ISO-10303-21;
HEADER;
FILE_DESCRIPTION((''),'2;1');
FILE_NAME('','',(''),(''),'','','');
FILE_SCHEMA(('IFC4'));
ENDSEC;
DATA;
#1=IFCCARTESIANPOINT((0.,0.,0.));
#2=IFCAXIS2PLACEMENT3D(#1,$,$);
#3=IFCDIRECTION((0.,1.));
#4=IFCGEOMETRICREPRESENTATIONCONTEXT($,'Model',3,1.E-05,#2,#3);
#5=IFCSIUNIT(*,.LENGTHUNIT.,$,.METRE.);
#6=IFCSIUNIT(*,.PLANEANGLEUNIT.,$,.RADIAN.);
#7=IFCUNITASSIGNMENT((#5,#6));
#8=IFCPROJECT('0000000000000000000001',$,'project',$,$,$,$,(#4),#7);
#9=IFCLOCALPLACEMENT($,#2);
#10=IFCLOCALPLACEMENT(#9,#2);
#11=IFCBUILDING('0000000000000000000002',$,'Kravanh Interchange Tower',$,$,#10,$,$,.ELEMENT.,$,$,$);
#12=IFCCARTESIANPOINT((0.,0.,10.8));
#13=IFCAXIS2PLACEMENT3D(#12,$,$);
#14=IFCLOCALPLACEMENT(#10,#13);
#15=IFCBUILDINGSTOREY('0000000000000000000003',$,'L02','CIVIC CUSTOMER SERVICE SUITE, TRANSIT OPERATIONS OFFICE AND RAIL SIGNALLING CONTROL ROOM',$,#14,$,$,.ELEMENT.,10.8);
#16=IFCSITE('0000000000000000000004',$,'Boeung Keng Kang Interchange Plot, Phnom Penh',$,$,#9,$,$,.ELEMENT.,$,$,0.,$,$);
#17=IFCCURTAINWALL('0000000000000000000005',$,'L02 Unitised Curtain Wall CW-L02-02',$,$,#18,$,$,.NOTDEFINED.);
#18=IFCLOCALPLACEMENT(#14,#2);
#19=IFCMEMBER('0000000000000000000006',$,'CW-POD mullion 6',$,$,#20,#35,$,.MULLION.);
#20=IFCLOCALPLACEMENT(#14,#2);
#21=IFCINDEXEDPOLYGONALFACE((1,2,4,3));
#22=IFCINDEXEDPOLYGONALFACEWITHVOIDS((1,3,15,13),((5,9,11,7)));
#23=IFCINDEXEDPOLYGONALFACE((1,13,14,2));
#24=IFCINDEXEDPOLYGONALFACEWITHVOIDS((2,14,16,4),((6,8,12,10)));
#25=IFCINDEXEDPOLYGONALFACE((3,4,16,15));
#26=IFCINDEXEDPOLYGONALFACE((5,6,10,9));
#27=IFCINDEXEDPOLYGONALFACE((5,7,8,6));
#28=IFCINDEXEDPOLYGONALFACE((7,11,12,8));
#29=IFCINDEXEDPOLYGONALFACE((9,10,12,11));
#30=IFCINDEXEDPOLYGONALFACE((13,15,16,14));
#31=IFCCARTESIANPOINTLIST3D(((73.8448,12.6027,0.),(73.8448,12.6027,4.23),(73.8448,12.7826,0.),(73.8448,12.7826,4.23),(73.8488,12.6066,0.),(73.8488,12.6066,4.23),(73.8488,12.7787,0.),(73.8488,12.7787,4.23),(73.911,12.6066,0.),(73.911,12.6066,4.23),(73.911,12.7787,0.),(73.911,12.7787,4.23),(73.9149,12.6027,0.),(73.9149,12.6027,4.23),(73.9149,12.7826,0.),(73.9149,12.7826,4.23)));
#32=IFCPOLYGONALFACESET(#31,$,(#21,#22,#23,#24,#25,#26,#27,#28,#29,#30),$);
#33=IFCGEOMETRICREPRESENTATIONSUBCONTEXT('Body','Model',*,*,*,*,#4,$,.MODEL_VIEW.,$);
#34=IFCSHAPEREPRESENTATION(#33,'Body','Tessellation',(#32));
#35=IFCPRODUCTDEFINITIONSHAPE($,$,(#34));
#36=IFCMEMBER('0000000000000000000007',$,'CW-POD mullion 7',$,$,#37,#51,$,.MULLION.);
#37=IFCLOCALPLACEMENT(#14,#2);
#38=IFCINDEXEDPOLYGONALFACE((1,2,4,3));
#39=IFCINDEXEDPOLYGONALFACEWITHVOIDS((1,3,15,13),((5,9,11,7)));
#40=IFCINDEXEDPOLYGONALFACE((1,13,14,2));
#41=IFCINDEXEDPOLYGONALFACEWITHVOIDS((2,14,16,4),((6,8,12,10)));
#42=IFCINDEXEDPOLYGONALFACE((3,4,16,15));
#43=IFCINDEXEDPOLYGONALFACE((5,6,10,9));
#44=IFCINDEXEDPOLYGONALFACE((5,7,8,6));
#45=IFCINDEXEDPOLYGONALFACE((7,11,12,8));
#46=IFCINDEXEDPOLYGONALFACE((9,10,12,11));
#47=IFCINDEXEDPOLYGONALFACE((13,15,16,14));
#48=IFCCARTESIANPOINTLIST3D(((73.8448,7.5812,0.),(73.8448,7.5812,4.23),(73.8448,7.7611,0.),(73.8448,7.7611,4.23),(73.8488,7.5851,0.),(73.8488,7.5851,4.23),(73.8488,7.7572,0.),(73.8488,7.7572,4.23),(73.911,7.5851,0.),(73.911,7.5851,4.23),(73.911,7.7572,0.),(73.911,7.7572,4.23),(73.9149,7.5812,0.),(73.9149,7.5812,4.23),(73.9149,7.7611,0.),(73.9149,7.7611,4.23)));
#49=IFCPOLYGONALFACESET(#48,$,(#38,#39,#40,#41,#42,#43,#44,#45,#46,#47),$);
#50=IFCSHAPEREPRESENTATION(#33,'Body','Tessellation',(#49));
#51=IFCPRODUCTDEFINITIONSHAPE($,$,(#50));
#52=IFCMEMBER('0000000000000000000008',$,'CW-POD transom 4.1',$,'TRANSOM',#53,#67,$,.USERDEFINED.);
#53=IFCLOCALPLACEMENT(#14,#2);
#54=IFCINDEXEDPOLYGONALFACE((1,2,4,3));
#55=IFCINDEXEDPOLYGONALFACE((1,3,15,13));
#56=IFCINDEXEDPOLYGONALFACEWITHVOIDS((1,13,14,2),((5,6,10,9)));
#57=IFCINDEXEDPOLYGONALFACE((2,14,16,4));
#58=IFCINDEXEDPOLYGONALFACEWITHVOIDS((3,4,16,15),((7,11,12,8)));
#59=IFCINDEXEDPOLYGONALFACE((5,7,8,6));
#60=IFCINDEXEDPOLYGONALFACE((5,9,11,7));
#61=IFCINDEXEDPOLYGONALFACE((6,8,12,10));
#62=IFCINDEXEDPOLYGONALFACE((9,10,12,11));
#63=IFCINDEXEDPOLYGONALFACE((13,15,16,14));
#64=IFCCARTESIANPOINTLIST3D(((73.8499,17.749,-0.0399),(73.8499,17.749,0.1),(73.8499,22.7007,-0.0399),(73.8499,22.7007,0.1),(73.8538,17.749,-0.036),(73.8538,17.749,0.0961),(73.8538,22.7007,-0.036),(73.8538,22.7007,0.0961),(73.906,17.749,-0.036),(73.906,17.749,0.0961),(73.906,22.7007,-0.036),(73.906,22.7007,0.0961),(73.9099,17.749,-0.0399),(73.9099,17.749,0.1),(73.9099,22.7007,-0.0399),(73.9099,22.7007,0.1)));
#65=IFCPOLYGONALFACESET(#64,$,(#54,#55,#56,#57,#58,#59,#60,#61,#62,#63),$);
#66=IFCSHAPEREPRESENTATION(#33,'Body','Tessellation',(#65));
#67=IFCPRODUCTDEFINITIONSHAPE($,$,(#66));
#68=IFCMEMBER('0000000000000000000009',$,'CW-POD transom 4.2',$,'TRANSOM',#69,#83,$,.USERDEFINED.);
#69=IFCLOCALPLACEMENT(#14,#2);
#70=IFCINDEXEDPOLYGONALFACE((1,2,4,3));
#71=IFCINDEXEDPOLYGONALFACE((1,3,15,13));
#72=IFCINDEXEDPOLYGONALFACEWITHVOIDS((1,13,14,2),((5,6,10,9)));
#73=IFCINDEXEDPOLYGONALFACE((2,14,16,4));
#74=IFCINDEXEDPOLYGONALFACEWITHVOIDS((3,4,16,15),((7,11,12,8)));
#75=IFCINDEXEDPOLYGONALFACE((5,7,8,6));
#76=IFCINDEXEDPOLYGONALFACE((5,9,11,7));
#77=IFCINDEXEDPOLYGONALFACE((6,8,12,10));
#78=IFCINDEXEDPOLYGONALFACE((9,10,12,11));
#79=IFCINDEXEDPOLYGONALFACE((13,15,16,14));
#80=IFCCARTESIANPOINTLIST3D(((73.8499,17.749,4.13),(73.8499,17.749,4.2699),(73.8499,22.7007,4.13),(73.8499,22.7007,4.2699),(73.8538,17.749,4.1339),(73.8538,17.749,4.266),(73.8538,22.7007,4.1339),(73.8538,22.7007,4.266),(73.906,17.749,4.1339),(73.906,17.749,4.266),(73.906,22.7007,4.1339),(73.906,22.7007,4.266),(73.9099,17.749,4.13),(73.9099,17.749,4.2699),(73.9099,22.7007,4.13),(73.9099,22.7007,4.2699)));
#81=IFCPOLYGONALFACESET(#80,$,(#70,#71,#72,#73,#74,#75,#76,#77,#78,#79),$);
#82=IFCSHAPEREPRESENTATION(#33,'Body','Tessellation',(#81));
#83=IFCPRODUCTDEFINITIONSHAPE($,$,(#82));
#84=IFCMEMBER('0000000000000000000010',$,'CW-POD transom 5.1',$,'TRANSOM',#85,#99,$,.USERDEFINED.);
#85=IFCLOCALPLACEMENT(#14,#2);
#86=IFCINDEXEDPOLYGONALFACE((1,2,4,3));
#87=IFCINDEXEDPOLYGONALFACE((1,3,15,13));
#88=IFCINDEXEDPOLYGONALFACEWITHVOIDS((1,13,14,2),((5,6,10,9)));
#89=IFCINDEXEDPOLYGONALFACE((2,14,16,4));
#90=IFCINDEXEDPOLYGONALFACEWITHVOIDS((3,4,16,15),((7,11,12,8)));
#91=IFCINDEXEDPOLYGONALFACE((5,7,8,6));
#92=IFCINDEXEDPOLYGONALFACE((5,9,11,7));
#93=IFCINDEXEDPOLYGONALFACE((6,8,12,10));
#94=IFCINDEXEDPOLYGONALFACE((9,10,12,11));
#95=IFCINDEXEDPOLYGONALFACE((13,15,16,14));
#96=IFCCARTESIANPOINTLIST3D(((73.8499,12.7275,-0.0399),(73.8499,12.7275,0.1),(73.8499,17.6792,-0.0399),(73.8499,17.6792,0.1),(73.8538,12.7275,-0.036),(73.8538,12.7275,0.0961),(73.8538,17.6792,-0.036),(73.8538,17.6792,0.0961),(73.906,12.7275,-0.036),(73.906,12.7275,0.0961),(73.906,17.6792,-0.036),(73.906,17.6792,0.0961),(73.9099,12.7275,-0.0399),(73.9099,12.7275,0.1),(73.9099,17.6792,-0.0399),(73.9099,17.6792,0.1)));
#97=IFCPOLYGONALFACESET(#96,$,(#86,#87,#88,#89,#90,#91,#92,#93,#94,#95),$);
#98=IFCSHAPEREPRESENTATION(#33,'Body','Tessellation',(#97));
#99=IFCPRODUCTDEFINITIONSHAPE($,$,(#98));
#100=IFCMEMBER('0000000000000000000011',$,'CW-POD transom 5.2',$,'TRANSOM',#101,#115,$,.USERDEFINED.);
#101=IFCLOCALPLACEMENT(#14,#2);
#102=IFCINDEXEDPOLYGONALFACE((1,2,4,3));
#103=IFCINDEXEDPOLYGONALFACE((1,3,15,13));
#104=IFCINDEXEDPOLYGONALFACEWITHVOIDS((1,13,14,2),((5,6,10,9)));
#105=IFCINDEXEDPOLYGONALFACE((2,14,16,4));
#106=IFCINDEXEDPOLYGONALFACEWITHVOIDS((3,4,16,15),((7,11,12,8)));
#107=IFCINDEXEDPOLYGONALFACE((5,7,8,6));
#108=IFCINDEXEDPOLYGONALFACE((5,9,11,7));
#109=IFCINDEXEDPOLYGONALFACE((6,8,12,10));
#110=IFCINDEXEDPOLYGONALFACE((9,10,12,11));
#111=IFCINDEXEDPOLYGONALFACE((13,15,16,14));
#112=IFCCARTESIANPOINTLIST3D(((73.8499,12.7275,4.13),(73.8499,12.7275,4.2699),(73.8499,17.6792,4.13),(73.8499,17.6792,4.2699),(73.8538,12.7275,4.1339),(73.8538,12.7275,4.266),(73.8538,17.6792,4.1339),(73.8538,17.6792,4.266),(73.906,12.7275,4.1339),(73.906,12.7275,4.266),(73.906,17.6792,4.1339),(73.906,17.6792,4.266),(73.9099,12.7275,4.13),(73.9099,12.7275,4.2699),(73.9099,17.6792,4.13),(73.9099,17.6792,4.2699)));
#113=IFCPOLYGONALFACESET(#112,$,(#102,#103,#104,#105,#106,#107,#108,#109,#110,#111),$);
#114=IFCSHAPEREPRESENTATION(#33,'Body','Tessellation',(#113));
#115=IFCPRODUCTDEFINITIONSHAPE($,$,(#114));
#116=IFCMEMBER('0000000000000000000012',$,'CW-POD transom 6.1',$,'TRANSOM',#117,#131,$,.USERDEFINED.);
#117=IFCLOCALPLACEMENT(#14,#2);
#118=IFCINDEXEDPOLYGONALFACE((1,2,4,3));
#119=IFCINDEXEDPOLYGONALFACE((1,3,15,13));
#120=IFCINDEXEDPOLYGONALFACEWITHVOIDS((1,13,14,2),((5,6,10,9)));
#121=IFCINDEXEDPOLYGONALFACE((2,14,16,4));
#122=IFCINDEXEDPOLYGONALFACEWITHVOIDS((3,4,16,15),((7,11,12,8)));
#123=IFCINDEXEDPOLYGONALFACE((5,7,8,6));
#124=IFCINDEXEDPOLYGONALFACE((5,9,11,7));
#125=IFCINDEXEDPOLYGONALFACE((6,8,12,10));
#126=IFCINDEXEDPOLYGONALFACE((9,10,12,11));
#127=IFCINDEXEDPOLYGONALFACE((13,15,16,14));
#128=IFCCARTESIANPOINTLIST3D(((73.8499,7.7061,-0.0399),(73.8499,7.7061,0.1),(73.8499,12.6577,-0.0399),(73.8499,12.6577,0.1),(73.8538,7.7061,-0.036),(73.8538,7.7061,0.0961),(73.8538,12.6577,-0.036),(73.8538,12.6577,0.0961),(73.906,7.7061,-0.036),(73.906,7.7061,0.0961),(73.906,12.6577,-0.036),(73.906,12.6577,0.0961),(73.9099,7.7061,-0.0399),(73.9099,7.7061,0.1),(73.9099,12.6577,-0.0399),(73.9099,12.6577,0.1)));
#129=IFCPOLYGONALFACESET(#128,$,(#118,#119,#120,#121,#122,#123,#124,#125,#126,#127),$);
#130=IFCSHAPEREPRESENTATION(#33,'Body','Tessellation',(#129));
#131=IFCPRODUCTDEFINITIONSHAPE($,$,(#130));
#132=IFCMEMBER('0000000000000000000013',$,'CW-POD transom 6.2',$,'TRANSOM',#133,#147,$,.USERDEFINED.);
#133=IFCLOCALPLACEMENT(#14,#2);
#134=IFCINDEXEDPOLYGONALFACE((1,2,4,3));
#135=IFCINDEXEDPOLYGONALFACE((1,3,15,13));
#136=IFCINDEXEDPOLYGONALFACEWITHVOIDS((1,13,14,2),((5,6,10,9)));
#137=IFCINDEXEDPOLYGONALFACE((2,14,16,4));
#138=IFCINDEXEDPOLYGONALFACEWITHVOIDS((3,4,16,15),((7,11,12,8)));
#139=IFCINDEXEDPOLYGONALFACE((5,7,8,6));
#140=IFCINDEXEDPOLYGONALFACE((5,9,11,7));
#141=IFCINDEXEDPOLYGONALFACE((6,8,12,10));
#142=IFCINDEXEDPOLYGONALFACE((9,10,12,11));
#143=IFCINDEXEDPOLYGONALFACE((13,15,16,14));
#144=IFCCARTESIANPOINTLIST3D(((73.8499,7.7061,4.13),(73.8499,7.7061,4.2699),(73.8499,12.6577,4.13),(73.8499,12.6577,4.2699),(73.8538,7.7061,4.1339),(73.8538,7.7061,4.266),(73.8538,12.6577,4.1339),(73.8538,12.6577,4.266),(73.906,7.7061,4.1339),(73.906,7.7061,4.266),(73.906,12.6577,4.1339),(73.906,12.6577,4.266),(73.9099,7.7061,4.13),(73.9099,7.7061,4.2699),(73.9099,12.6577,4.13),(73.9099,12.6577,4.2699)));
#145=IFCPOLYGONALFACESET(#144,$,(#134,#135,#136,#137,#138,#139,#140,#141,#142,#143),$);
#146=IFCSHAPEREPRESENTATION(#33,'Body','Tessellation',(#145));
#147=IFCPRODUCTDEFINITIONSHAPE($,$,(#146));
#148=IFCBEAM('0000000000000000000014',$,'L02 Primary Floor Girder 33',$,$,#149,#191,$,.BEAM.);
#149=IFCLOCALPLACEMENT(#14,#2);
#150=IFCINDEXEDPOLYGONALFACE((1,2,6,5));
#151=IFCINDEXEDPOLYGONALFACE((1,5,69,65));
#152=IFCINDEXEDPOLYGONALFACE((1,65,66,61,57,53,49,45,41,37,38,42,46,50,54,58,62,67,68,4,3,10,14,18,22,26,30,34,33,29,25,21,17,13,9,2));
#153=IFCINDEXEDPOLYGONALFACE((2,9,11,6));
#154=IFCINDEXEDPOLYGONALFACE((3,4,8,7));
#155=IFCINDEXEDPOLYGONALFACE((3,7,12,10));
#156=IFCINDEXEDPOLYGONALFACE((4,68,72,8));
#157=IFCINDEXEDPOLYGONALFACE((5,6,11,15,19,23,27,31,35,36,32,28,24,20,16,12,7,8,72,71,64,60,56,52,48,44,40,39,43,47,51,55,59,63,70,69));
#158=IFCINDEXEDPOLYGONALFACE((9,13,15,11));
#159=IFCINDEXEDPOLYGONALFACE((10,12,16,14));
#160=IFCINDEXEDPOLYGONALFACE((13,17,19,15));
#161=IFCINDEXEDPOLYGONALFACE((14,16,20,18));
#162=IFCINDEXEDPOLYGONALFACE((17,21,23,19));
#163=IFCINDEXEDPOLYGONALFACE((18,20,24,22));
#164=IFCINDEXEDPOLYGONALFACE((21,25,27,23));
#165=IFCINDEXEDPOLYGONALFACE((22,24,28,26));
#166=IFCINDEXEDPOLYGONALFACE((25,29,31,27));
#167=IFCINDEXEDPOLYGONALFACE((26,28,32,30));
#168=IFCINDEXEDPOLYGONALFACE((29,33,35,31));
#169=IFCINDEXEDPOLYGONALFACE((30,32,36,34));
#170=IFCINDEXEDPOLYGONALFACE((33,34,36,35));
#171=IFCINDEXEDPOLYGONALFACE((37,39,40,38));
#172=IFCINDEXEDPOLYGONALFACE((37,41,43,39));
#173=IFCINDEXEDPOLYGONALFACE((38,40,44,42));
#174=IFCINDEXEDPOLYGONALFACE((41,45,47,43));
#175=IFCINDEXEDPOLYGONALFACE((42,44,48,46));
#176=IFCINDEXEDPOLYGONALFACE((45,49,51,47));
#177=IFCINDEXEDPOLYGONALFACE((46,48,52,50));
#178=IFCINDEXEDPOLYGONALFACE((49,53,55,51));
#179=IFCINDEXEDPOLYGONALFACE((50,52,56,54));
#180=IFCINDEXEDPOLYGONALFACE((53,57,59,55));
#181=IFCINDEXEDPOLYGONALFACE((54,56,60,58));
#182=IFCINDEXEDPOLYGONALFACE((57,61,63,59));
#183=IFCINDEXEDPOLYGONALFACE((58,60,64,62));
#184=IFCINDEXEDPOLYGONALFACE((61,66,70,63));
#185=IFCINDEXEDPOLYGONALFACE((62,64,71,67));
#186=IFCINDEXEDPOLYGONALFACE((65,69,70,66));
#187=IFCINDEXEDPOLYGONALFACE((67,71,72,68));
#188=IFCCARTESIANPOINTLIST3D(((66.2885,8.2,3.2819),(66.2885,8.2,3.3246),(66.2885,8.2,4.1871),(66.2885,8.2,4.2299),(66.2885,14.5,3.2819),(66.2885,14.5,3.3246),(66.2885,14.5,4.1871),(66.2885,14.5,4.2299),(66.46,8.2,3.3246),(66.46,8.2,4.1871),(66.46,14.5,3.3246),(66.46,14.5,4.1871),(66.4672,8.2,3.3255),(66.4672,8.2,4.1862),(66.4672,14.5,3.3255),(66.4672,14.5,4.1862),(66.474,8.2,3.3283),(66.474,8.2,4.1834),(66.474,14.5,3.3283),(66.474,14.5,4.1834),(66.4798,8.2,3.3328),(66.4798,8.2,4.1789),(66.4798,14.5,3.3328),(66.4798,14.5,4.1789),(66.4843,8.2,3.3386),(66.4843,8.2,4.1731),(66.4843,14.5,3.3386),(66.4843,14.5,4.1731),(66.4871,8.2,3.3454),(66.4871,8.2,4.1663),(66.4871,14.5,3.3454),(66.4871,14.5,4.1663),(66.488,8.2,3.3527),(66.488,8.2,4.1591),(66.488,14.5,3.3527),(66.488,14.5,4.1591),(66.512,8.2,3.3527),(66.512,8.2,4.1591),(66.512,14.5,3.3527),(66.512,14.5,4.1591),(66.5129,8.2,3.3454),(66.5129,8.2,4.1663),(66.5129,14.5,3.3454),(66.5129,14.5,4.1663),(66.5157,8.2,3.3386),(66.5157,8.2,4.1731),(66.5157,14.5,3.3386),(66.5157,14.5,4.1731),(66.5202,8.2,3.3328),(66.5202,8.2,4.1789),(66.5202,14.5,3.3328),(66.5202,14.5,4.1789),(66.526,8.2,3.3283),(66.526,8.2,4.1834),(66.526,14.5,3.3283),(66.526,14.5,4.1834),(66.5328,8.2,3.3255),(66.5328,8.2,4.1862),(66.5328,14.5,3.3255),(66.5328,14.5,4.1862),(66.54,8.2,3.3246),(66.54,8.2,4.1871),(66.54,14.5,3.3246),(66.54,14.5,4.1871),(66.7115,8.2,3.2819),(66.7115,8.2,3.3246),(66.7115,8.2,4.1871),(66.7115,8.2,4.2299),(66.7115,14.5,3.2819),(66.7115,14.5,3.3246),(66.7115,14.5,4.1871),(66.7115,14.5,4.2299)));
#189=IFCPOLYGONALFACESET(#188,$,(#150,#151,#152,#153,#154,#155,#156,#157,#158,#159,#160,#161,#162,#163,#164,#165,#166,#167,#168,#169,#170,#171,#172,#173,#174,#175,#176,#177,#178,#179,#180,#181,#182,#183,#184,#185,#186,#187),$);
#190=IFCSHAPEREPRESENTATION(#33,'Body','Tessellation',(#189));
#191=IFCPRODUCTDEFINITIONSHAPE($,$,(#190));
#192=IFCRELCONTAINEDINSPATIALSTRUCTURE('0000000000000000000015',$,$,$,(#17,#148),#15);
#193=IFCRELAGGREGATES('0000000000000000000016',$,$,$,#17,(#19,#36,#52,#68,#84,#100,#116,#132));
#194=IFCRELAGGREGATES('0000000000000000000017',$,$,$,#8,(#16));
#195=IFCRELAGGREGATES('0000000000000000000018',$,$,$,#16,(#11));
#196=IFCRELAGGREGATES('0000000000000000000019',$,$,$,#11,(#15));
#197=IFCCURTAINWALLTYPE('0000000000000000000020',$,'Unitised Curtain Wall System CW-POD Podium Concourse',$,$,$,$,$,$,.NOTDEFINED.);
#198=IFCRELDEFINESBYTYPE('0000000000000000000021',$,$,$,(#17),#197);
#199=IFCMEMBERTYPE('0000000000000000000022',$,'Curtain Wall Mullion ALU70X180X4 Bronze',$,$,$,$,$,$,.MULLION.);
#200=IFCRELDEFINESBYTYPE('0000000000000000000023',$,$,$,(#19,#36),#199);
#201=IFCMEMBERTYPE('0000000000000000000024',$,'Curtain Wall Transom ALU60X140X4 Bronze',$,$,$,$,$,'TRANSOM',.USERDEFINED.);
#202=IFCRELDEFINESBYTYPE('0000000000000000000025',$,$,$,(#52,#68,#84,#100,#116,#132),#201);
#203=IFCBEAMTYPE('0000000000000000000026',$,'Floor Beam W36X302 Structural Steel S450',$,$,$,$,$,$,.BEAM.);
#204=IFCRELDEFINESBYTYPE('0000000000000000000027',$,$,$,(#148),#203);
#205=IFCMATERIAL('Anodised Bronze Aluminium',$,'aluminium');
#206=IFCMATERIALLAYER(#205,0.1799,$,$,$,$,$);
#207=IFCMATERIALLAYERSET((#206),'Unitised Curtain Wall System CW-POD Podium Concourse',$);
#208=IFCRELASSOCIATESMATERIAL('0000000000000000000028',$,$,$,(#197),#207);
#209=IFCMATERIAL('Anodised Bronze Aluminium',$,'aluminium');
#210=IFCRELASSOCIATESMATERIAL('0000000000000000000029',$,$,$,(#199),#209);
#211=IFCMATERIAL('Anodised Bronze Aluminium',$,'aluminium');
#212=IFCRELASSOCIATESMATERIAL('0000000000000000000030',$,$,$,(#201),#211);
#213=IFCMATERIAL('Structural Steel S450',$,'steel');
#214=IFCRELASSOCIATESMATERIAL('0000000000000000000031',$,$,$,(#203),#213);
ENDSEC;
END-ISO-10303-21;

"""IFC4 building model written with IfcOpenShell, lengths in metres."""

from ifc_helpers import new_model, si_unit, direction, frame, origin, origin_2d, place, context, subcontext, project, spatial, hollow_rectangle, i_section, extrude, material, layer, layer_set, material_profile, profile_set, type_object, element, aggregate, save


model = new_model("IFC4")

# Units and contexts
model_context = context("Model", 3, precision=1e-05, world=origin(), true_north=direction((0.0, 1.0)))
body_context = subcontext(model_context, "Body", "Model", "MODEL_VIEW")
ifc_project = project(units=[si_unit("LENGTHUNIT", "METRE"), si_unit("PLANEANGLEUNIT", "RADIAN")], contexts=[model_context])

# Site, building, storey
site_placement = place(None, origin())
site = spatial("IfcSite", under=ifc_project, at=site_placement, Name="Boeung Keng Kang Interchange Plot, Phnom Penh", CompositionType="ELEMENT", RefElevation=0.0)
building_placement = place(site_placement, origin())
building = spatial("IfcBuilding", under=site, at=building_placement, Name="Kravanh Interchange Tower", CompositionType="ELEMENT")
storey_placement = place(building_placement, frame((0.0, 0.0, 10.8)))
storey = spatial("IfcBuildingStorey", under=building, at=storey_placement, Name="L02", Description="CIVIC CUSTOMER SERVICE SUITE, TRANSIT OPERATIONS OFFICE AND RAIL SIGNALLING CONTROL ROOM", CompositionType="ELEMENT", Elevation=10.8)

# Curtain wall, members
ifc_material_1 = material(Name="Anodised Bronze Aluminium", Category="aluminium")
ifc_layer_1 = layer(ifc_material_1, 0.1799)
ifc_layer_set_1 = layer_set([ifc_layer_1], Name="Unitised Curtain Wall System CW-POD Podium Concourse")
curtain_wall_type = type_object("IfcCurtainWallType", Name="Unitised Curtain Wall System CW-POD Podium Concourse", PredefinedType="NOTDEFINED", material=ifc_layer_set_1)
curtain_wall_placement = place(storey_placement, origin())
curtain_wall = element("IfcCurtainWall", 1, at=curtain_wall_placement, inside=storey, type_object=curtain_wall_type, Name="L02 Unitised Curtain Wall CW-L02-02", PredefinedType="NOTDEFINED")
ifc_material_2 = material(Name="Anodised Bronze Aluminium", Category="aluminium")
ifc_material_profile_1 = material_profile(ifc_material_2, hollow_rectangle(XDim=0.0701, YDim=0.1799, WallThickness=0.0039, at=origin_2d()), Name="ALU70X180X4")
ifc_profile_set_1 = profile_set([ifc_material_profile_1], Name="Anodised Bronze Aluminium")
member_type_1 = type_object("IfcMemberType", Name="Curtain Wall Mullion ALU70X180X4 Bronze", PredefinedType="MULLION", material=ifc_profile_set_1)
member_1_placement = place(storey_placement, frame((73.8799, 12.6926, 0.0), z_axis=(0.0, 0.0, 1.0), x_axis=(1.0, 0.0, 0.0)))
member_1 = element("IfcMember", 2, at=member_1_placement, type_object=member_type_1, Name="CW-POD mullion 6", PredefinedType="MULLION", context=body_context, shape_type="SweptSolid", body=[
    extrude(hollow_rectangle(XDim=0.0701, YDim=0.1799, WallThickness=0.0039, at=origin_2d()), origin(), (0.0, 0.0, 1.0), 4.23),
])
member_2_placement = place(storey_placement, frame((73.8799, 7.6711, 0.0), z_axis=(0.0, 0.0, 1.0), x_axis=(1.0, 0.0, 0.0)))
member_2 = element("IfcMember", 3, at=member_2_placement, type_object=member_type_1, Name="CW-POD mullion 7", PredefinedType="MULLION", context=body_context, shape_type="SweptSolid", body=[
    extrude(hollow_rectangle(XDim=0.0701, YDim=0.1799, WallThickness=0.0039, at=origin_2d()), origin(), (0.0, 0.0, 1.0), 4.23),
])
ifc_material_3 = material(Name="Anodised Bronze Aluminium", Category="aluminium")
ifc_material_profile_2 = material_profile(ifc_material_3, hollow_rectangle(XDim=0.0601, YDim=0.1399, WallThickness=0.0039, at=origin_2d()), Name="ALU60X140X4")
ifc_profile_set_2 = profile_set([ifc_material_profile_2], Name="Anodised Bronze Aluminium")
member_type_2 = type_object("IfcMemberType", Name="Curtain Wall Transom ALU60X140X4 Bronze", ElementType="TRANSOM", PredefinedType="USERDEFINED", material=ifc_profile_set_2)
member_3_placement = place(storey_placement, frame((73.8799, 22.7007, 0.03), z_axis=(0.0, -1.0, 0.0), x_axis=(1.0, 0.0, 0.0)))
member_3 = element("IfcMember", 4, at=member_3_placement, type_object=member_type_2, Name="CW-POD transom 4.1", ObjectType="TRANSOM", PredefinedType="USERDEFINED", context=body_context, shape_type="SweptSolid", body=[
    extrude(hollow_rectangle(XDim=0.0601, YDim=0.1399, WallThickness=0.0039, at=origin_2d()), origin(), (0.0, 0.0, 1.0), 4.9517),
])
member_4_placement = place(storey_placement, frame((73.8799, 22.7007, 4.2), z_axis=(0.0, -1.0, 0.0), x_axis=(1.0, 0.0, 0.0)))
member_4 = element("IfcMember", 5, at=member_4_placement, type_object=member_type_2, Name="CW-POD transom 4.2", ObjectType="TRANSOM", PredefinedType="USERDEFINED", context=body_context, shape_type="SweptSolid", body=[
    extrude(hollow_rectangle(XDim=0.0601, YDim=0.1399, WallThickness=0.0039, at=origin_2d()), origin(), (0.0, 0.0, 1.0), 4.9517),
])
member_5_placement = place(storey_placement, frame((73.8799, 17.6792, 0.03), z_axis=(0.0, -1.0, 0.0), x_axis=(1.0, 0.0, 0.0)))
member_5 = element("IfcMember", 6, at=member_5_placement, type_object=member_type_2, Name="CW-POD transom 5.1", ObjectType="TRANSOM", PredefinedType="USERDEFINED", context=body_context, shape_type="SweptSolid", body=[
    extrude(hollow_rectangle(XDim=0.0601, YDim=0.1399, WallThickness=0.0039, at=origin_2d()), origin(), (0.0, 0.0, 1.0), 4.9517),
])
member_6_placement = place(storey_placement, frame((73.8799, 17.6792, 4.2), z_axis=(0.0, -1.0, 0.0), x_axis=(1.0, 0.0, 0.0)))
member_6 = element("IfcMember", 7, at=member_6_placement, type_object=member_type_2, Name="CW-POD transom 5.2", ObjectType="TRANSOM", PredefinedType="USERDEFINED", context=body_context, shape_type="SweptSolid", body=[
    extrude(hollow_rectangle(XDim=0.0601, YDim=0.1399, WallThickness=0.0039, at=origin_2d()), origin(), (0.0, 0.0, 1.0), 4.9517),
])
member_7_placement = place(storey_placement, frame((73.8799, 12.6577, 0.03), z_axis=(0.0, -1.0, 0.0), x_axis=(1.0, 0.0, 0.0)))
member_7 = element("IfcMember", 8, at=member_7_placement, type_object=member_type_2, Name="CW-POD transom 6.1", ObjectType="TRANSOM", PredefinedType="USERDEFINED", context=body_context, shape_type="SweptSolid", body=[
    extrude(hollow_rectangle(XDim=0.0601, YDim=0.1399, WallThickness=0.0039, at=origin_2d()), origin(), (0.0, 0.0, 1.0), 4.9517),
])
member_8_placement = place(storey_placement, frame((73.8799, 12.6577, 4.2), z_axis=(0.0, -1.0, 0.0), x_axis=(1.0, 0.0, 0.0)))
member_8 = element("IfcMember", 9, at=member_8_placement, type_object=member_type_2, Name="CW-POD transom 6.2", ObjectType="TRANSOM", PredefinedType="USERDEFINED", context=body_context, shape_type="SweptSolid", body=[
    extrude(hollow_rectangle(XDim=0.0601, YDim=0.1399, WallThickness=0.0039, at=origin_2d()), origin(), (0.0, 0.0, 1.0), 4.9517),
])

# Beam
ifc_material_4 = material(Name="Structural Steel S450", Category="steel")
ifc_material_profile_3 = material_profile(ifc_material_4, i_section(OverallWidth=0.4231, OverallDepth=0.948, WebThickness=0.0239, FlangeThickness=0.0427, FilletRadius=0.0281, at=origin_2d()), Name="W36X302")
ifc_profile_set_3 = profile_set([ifc_material_profile_3], Name="Structural Steel S450")
beam_type_1 = type_object("IfcBeamType", Name="Floor Beam W36X302 Structural Steel S450", PredefinedType="BEAM", material=ifc_profile_set_3)
beam_1_placement = place(storey_placement, frame((66.5, 8.2, 3.7559), z_axis=(0.0, 1.0, 0.0), x_axis=(-1.0, 0.0, 0.0)))
element("IfcBeam", 10, at=beam_1_placement, inside=storey, type_object=beam_type_1, Name="L02 Primary Floor Girder 33", PredefinedType="BEAM", context=body_context, shape_type="SweptSolid", body=[
    extrude(i_section(OverallWidth=0.4231, OverallDepth=0.948, WebThickness=0.0239, FlangeThickness=0.0427, FilletRadius=0.0281, at=origin_2d()), origin(), (0.0, 0.0, 1.0), 6.3),
])

aggregate(curtain_wall, [member_1, member_2, member_3, member_4, member_5, member_6, member_7, member_8])

save(model, "model.ifc")
